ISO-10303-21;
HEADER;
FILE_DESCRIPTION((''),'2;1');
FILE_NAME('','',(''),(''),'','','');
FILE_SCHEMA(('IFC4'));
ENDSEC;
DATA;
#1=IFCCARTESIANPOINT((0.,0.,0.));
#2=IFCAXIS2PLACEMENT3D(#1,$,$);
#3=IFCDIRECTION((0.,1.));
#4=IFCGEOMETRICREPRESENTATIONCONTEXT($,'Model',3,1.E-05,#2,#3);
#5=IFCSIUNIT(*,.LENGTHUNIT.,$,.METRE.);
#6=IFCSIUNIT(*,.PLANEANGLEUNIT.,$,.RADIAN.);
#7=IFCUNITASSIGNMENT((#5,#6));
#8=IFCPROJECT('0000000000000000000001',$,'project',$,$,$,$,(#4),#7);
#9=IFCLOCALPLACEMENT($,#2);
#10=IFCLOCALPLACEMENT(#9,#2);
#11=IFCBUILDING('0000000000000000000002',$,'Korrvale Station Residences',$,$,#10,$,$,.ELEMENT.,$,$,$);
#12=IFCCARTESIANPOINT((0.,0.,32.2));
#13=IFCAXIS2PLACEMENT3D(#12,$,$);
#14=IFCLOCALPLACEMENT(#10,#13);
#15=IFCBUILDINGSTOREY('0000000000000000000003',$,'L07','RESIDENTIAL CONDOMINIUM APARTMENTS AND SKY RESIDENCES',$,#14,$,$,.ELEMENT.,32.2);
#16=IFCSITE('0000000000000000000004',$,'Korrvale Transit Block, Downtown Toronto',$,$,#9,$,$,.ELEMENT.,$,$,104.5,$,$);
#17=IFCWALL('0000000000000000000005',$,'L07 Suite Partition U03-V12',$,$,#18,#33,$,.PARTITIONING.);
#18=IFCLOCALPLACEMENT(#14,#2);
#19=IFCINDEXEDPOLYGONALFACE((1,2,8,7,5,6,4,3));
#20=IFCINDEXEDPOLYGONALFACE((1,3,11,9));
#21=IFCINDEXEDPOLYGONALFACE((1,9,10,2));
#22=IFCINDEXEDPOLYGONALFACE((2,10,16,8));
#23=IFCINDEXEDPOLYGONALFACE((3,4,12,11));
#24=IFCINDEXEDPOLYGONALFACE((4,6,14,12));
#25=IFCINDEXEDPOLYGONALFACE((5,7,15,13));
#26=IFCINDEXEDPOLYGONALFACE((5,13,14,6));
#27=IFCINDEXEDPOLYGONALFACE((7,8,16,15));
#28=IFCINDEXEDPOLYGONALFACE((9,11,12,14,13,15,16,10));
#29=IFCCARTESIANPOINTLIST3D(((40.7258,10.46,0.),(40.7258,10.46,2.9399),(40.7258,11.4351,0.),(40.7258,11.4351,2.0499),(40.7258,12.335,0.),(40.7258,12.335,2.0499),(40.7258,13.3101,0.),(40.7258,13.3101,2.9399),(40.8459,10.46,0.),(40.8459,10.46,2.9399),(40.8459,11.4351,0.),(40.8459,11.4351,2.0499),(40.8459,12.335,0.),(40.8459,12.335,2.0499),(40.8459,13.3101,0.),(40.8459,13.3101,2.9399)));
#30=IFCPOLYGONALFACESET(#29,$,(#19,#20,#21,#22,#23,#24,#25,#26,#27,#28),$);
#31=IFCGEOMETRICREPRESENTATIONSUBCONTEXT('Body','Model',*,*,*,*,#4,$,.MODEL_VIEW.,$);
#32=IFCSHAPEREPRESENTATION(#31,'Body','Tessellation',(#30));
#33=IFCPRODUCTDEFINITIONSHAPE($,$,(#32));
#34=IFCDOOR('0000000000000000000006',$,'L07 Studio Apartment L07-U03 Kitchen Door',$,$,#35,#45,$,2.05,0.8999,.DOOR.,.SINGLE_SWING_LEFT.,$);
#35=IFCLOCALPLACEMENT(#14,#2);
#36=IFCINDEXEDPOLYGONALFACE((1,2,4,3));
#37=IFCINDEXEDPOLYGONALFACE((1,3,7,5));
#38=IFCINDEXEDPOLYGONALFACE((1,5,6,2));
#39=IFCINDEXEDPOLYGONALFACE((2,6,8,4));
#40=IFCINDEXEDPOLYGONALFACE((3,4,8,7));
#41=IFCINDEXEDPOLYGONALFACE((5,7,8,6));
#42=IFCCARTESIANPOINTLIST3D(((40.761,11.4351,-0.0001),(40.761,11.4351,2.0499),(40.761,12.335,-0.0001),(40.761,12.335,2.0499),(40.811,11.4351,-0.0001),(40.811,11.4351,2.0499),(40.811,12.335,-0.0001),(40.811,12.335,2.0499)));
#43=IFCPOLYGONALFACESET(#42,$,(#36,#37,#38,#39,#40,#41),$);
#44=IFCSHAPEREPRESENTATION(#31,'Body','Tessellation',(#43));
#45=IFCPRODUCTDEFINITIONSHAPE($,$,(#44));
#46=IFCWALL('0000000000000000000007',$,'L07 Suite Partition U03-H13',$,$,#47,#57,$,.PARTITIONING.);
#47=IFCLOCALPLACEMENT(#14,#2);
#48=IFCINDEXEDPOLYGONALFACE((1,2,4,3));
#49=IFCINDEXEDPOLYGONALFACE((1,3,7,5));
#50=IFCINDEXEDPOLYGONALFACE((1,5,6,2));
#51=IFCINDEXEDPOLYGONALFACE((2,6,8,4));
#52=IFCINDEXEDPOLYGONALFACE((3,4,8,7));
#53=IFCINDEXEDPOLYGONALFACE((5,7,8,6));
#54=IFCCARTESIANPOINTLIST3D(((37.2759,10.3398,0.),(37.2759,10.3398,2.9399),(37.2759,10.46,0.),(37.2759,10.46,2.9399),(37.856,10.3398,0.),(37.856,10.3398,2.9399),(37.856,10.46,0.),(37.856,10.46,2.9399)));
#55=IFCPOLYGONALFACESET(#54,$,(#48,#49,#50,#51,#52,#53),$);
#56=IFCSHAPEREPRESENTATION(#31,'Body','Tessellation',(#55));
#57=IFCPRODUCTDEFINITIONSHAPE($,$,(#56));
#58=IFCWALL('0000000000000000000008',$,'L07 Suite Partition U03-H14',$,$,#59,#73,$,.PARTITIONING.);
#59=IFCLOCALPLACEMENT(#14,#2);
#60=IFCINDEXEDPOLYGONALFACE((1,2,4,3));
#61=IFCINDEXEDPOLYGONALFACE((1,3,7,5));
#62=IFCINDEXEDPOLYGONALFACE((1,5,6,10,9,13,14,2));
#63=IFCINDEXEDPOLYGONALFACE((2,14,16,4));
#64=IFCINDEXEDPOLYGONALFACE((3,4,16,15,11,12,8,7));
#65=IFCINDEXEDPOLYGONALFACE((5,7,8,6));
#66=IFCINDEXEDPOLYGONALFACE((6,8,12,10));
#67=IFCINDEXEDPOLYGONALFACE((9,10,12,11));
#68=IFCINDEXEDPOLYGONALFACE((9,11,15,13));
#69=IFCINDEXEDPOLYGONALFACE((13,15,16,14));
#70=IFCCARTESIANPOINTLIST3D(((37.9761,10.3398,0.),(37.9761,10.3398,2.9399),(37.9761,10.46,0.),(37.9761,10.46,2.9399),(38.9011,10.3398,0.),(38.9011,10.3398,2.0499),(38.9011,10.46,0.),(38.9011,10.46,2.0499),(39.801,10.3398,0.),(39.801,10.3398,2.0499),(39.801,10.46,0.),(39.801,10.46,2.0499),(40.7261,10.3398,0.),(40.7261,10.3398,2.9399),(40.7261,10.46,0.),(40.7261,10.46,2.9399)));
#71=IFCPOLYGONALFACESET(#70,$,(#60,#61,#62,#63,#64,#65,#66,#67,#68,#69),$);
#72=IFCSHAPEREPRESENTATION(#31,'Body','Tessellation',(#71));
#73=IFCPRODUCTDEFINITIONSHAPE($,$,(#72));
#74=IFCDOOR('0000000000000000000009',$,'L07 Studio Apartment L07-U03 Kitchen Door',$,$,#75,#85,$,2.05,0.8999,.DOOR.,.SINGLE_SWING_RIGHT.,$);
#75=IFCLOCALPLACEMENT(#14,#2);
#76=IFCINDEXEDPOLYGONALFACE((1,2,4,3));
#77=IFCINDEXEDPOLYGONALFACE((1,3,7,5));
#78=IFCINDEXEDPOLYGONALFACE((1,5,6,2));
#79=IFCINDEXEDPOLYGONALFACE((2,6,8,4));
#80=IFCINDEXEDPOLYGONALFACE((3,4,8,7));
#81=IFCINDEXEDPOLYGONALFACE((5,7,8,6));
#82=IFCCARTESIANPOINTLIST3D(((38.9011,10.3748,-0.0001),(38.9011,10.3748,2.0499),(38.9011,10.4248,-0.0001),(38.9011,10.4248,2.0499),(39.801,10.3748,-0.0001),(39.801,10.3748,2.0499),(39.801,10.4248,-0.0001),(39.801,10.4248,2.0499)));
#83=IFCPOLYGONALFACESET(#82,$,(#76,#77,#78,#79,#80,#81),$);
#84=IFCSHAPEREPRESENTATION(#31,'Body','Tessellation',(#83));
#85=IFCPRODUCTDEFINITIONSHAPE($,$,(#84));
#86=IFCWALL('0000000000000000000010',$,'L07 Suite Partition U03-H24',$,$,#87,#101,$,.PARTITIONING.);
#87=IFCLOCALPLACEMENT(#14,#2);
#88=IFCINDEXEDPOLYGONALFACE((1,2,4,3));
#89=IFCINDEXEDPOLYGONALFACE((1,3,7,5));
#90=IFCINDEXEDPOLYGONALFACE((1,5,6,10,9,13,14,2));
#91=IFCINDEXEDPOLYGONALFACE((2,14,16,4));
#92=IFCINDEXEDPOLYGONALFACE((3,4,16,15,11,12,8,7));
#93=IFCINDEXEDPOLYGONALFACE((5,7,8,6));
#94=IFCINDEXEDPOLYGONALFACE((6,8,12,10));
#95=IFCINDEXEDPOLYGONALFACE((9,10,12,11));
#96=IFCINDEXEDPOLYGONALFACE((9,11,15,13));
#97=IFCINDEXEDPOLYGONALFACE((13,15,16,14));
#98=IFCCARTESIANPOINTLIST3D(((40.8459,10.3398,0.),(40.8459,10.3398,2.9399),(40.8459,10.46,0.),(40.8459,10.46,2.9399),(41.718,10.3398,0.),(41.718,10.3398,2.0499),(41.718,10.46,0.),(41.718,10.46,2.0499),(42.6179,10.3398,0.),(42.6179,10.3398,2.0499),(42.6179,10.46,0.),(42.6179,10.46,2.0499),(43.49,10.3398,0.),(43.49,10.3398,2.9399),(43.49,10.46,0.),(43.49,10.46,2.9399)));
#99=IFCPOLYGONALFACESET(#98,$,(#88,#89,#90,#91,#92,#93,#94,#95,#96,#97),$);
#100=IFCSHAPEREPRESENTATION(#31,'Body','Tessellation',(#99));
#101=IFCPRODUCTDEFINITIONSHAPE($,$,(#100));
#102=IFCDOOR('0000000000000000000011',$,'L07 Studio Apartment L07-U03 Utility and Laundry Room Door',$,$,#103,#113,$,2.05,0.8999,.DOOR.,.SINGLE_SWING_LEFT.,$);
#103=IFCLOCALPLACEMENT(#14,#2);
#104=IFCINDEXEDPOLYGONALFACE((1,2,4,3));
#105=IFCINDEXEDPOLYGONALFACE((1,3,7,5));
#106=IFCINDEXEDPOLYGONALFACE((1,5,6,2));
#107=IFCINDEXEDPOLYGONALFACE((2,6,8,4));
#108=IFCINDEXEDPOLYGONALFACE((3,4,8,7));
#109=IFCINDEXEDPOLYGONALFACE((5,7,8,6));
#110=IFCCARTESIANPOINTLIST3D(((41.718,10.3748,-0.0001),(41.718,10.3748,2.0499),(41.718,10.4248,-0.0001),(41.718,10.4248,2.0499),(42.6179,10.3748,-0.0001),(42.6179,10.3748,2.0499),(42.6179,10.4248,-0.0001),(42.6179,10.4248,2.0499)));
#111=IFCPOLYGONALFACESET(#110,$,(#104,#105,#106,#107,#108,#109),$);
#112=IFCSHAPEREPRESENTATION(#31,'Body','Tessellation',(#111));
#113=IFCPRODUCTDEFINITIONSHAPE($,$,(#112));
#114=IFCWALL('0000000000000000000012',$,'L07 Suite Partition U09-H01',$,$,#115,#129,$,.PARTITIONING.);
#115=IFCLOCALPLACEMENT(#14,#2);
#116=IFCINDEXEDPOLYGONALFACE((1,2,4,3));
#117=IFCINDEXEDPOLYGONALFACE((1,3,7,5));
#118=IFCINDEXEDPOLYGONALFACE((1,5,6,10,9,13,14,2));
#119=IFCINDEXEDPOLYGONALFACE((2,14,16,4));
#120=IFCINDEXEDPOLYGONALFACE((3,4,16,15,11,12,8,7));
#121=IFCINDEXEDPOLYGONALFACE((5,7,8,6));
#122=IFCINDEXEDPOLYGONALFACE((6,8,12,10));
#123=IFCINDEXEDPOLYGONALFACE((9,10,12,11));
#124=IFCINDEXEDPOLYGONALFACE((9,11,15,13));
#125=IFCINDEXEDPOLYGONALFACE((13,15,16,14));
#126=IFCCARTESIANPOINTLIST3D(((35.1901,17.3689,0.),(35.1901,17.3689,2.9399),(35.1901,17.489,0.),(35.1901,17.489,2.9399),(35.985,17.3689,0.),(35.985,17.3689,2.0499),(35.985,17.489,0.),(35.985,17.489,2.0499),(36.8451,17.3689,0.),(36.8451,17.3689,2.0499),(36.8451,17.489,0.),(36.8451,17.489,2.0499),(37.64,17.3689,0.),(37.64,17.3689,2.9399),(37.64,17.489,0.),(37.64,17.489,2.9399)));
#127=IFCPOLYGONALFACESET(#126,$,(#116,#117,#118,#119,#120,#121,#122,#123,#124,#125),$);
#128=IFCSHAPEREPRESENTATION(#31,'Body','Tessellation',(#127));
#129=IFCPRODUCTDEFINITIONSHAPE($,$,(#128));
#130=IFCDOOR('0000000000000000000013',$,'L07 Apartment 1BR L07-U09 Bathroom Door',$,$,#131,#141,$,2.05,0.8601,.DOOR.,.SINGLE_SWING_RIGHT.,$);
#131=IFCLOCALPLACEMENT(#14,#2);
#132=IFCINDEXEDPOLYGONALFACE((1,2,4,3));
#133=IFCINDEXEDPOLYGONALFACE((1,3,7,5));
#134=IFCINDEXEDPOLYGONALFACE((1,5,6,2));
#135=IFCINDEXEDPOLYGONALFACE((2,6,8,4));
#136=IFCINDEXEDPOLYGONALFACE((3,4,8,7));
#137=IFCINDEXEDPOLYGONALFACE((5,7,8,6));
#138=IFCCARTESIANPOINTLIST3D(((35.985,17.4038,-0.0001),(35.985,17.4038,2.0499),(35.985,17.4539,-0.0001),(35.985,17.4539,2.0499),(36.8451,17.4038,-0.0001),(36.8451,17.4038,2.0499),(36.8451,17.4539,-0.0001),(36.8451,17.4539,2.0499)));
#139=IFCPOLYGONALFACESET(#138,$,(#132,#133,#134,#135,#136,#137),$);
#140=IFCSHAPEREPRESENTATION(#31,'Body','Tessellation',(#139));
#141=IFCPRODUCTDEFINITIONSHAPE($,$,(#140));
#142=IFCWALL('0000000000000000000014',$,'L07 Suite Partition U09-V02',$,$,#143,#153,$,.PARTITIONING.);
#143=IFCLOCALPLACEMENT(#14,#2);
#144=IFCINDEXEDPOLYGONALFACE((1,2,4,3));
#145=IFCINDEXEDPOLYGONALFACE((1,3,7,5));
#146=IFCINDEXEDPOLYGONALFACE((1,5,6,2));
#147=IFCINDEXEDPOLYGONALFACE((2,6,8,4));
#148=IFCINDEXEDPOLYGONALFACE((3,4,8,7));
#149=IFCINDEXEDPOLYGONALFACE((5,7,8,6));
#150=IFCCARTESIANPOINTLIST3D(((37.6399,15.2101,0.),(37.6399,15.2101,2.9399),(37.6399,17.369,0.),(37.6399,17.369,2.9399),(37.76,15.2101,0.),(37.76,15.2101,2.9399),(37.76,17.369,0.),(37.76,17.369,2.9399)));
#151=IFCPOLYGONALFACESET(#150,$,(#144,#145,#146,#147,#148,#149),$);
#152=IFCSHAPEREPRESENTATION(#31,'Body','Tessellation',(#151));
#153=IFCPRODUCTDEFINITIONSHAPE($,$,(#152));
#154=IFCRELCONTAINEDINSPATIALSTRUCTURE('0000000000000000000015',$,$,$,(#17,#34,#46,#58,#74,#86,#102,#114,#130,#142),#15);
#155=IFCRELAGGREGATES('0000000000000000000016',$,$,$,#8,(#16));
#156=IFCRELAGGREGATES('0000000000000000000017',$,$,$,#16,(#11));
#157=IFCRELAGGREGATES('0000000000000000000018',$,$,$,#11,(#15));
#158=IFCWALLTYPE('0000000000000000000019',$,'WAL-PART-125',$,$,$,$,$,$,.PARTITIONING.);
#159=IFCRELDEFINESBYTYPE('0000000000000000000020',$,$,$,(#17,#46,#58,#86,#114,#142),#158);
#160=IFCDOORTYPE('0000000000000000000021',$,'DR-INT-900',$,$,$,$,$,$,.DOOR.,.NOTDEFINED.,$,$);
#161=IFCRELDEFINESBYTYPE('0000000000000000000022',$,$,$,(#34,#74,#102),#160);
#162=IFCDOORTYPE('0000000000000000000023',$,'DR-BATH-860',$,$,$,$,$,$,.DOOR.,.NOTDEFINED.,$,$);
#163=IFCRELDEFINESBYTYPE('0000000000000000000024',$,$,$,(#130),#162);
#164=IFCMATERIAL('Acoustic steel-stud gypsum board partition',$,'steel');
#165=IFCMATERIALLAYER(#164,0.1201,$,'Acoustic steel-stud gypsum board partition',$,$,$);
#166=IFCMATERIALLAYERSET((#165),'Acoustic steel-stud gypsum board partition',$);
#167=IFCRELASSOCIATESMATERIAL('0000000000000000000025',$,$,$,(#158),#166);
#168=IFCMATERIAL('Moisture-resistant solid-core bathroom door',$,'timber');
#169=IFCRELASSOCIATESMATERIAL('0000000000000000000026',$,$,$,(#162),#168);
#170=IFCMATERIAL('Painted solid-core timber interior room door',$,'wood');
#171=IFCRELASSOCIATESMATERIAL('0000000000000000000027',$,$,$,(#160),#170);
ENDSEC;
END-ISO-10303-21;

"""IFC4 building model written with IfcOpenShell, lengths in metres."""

from ifc_helpers import new_model, si_unit, direction, frame, frame_2d, origin, place, context, subcontext, project, spatial, rectangle, extrude, material, layer, layer_set, type_object, element, fill, save


model = new_model("IFC4")

# Units and contexts
model_context = context("Model", 3, precision=1e-05, world=origin(), true_north=direction((0.0, 1.0)))
body_context = subcontext(model_context, "Body", "Model", "MODEL_VIEW")
ifc_project = project(units=[si_unit("LENGTHUNIT", "METRE"), si_unit("PLANEANGLEUNIT", "RADIAN")], contexts=[model_context])

# Site, building, storey
site_placement = place(None, origin())
site = spatial("IfcSite", under=ifc_project, at=site_placement, Name="Korrvale Transit Block, Downtown Toronto", CompositionType="ELEMENT", RefElevation=104.5)
building_placement = place(site_placement, origin())
building = spatial("IfcBuilding", under=site, at=building_placement, Name="Korrvale Station Residences", CompositionType="ELEMENT")
storey_placement = place(building_placement, frame((0.0, 0.0, 32.2)))
storey = spatial("IfcBuildingStorey", under=building, at=storey_placement, Name="L07", Description="RESIDENTIAL CONDOMINIUM APARTMENTS AND SKY RESIDENCES", CompositionType="ELEMENT", Elevation=32.2)

# Shared definitions
ifc_material_1 = material(Name="Acoustic steel-stud gypsum board partition", Category="steel")
ifc_layer_1 = layer(ifc_material_1, 0.1201, Name="Acoustic steel-stud gypsum board partition")
ifc_layer_set_1 = layer_set([ifc_layer_1], Name="Acoustic steel-stud gypsum board partition")
wall_type_1 = type_object("IfcWallType", Name="WAL-PART-125", PredefinedType="PARTITIONING", material=ifc_layer_set_1)
ifc_material_2 = material(Name="Moisture-resistant solid-core bathroom door", Category="timber")
door_type_1 = type_object("IfcDoorType", Name="DR-BATH-860", OperationType="NOTDEFINED", PredefinedType="DOOR", material=ifc_material_2)

# Wall, opening, door
wall_1_placement = place(storey_placement, frame((40.7859, 10.46, 0.0), z_axis=(0.0, 0.0, 1.0), x_axis=(0.0, 1.0, 0.0)))
wall_1 = element("IfcWall", 1, at=wall_1_placement, inside=storey, type_object=wall_type_1, Name="L07 Suite Partition U03-V12", PredefinedType="PARTITIONING", context=body_context, shape_type="SweptSolid", body=[
    extrude(rectangle(XDim=2.8501, YDim=0.1201, at=frame_2d((1.425, 0.0))), origin(), (0.0, 0.0, 1.0), 2.9399),
])
opening_1_placement = place(wall_1_placement, frame((0.9751, 0.0, 0.0)))
opening_1 = element("IfcOpeningElement", 2, at=opening_1_placement, cuts=wall_1, PredefinedType="OPENING", context=body_context, shape_type="SweptSolid", body=[
    extrude(rectangle(XDim=0.8999, YDim=2.05, at=frame_2d((0.45, 1.0249))), frame((0.0, 0.0701, 0.0), z_axis=(0.0, -1.0, 0.0), x_axis=(1.0, 0.0, 0.0)), (0.0, 0.0, 1.0), 0.1401),
])
ifc_material_3 = material(Name="Painted solid-core timber interior room door", Category="wood")
door_type_2 = type_object("IfcDoorType", Name="DR-INT-900", OperationType="NOTDEFINED", PredefinedType="DOOR", material=ifc_material_3)
door_1_placement = place(opening_1_placement, origin())
door_1 = element("IfcDoor", 3, at=door_1_placement, inside=storey, type_object=door_type_2, Name="L07 Studio Apartment L07-U03 Kitchen Door", OperationType="SINGLE_SWING_LEFT", OverallHeight=2.05, OverallWidth=0.8999, PredefinedType="DOOR", context=body_context, shape_type="SweptSolid", body=[
    extrude(rectangle(XDim=0.8999, YDim=2.05, at=frame_2d((0.45, 1.0249))), frame((0.0, 0.0249, 0.0), z_axis=(0.0, -1.0, 0.0), x_axis=(1.0, 0.0, 0.0)), (0.0, 0.0, 1.0), 0.05),
])
fill(opening_1, door_1)

# Wall
wall_2_placement = place(storey_placement, frame((37.2759, 10.3999, 0.0), z_axis=(0.0, 0.0, 1.0), x_axis=(1.0, 0.0, 0.0)))
element("IfcWall", 4, at=wall_2_placement, inside=storey, type_object=wall_type_1, Name="L07 Suite Partition U03-H13", PredefinedType="PARTITIONING", context=body_context, shape_type="SweptSolid", body=[
    extrude(rectangle(XDim=0.5801, YDim=0.1201, at=frame_2d((0.29, 0.0))), origin(), (0.0, 0.0, 1.0), 2.9399),
])

# Walls, openings, doors
wall_3_placement = place(storey_placement, frame((37.9761, 10.3999, 0.0), z_axis=(0.0, 0.0, 1.0), x_axis=(1.0, 0.0, 0.0)))
wall_3 = element("IfcWall", 5, at=wall_3_placement, inside=storey, type_object=wall_type_1, Name="L07 Suite Partition U03-H14", PredefinedType="PARTITIONING", context=body_context, shape_type="SweptSolid", body=[
    extrude(rectangle(XDim=2.75, YDim=0.1201, at=frame_2d((1.375, 0.0))), origin(), (0.0, 0.0, 1.0), 2.9399),
])
opening_2_placement = place(wall_3_placement, frame((0.925, 0.0, 0.0)))
opening_2 = element("IfcOpeningElement", 6, at=opening_2_placement, cuts=wall_3, PredefinedType="OPENING", context=body_context, shape_type="SweptSolid", body=[
    extrude(rectangle(XDim=0.8999, YDim=2.05, at=frame_2d((0.45, 1.0249))), frame((0.0, 0.0701, 0.0), z_axis=(0.0, -1.0, 0.0), x_axis=(1.0, 0.0, 0.0)), (0.0, 0.0, 1.0), 0.1401),
])
door_2_placement = place(opening_2_placement, origin())
door_2 = element("IfcDoor", 7, at=door_2_placement, inside=storey, type_object=door_type_2, Name="L07 Studio Apartment L07-U03 Kitchen Door", OperationType="SINGLE_SWING_RIGHT", OverallHeight=2.05, OverallWidth=0.8999, PredefinedType="DOOR", context=body_context, shape_type="SweptSolid", body=[
    extrude(rectangle(XDim=0.8999, YDim=2.05, at=frame_2d((0.45, 1.0249))), frame((0.0, 0.0249, 0.0), z_axis=(0.0, -1.0, 0.0), x_axis=(1.0, 0.0, 0.0)), (0.0, 0.0, 1.0), 0.05),
])
fill(opening_2, door_2)
wall_4_placement = place(storey_placement, frame((40.8459, 10.3999, 0.0), z_axis=(0.0, 0.0, 1.0), x_axis=(1.0, 0.0, 0.0)))
wall_4 = element("IfcWall", 8, at=wall_4_placement, inside=storey, type_object=wall_type_1, Name="L07 Suite Partition U03-H24", PredefinedType="PARTITIONING", context=body_context, shape_type="SweptSolid", body=[
    extrude(rectangle(XDim=2.644, YDim=0.1201, at=frame_2d((1.322, 0.0))), origin(), (0.0, 0.0, 1.0), 2.9399),
])
opening_3_placement = place(wall_4_placement, frame((0.8721, 0.0, 0.0)))
opening_3 = element("IfcOpeningElement", 9, at=opening_3_placement, cuts=wall_4, PredefinedType="OPENING", context=body_context, shape_type="SweptSolid", body=[
    extrude(rectangle(XDim=0.8999, YDim=2.05, at=frame_2d((0.45, 1.0249))), frame((0.0, 0.0701, 0.0), z_axis=(0.0, -1.0, 0.0), x_axis=(1.0, 0.0, 0.0)), (0.0, 0.0, 1.0), 0.1401),
])
door_3_placement = place(opening_3_placement, origin())
door_3 = element("IfcDoor", 10, at=door_3_placement, inside=storey, type_object=door_type_2, Name="L07 Studio Apartment L07-U03 Utility and Laundry Room Door", OperationType="SINGLE_SWING_LEFT", OverallHeight=2.05, OverallWidth=0.8999, PredefinedType="DOOR", context=body_context, shape_type="SweptSolid", body=[
    extrude(rectangle(XDim=0.8999, YDim=2.05, at=frame_2d((0.45, 1.0249))), frame((0.0, 0.0249, 0.0), z_axis=(0.0, -1.0, 0.0), x_axis=(1.0, 0.0, 0.0)), (0.0, 0.0, 1.0), 0.05),
])
fill(opening_3, door_3)
wall_5_placement = place(storey_placement, frame((35.1899, 17.429, 0.0), z_axis=(0.0, 0.0, 1.0), x_axis=(1.0, 0.0, 0.0)))
wall_5 = element("IfcWall", 11, at=wall_5_placement, inside=storey, type_object=wall_type_1, Name="L07 Suite Partition U09-H01", PredefinedType="PARTITIONING", context=body_context, shape_type="SweptSolid", body=[
    extrude(rectangle(XDim=2.45, YDim=0.1201, at=frame_2d((1.2251, 0.0))), origin(), (0.0, 0.0, 1.0), 2.9399),
])
opening_4_placement = place(wall_5_placement, frame((0.7949, 0.0, 0.0)))
opening_4 = element("IfcOpeningElement", 12, at=opening_4_placement, cuts=wall_5, PredefinedType="OPENING", context=body_context, shape_type="SweptSolid", body=[
    extrude(rectangle(XDim=0.8601, YDim=2.05, at=frame_2d((0.4302, 1.0249))), frame((0.0, 0.0701, 0.0), z_axis=(0.0, -1.0, 0.0), x_axis=(1.0, 0.0, 0.0)), (0.0, 0.0, 1.0), 0.1401),
])
door_4_placement = place(opening_4_placement, origin())
door_4 = element("IfcDoor", 13, at=door_4_placement, inside=storey, type_object=door_type_1, Name="L07 Apartment 1BR L07-U09 Bathroom Door", OperationType="SINGLE_SWING_RIGHT", OverallHeight=2.05, OverallWidth=0.8601, PredefinedType="DOOR", context=body_context, shape_type="SweptSolid", body=[
    extrude(rectangle(XDim=0.8601, YDim=2.05, at=frame_2d((0.4302, 1.0249))), frame((0.0, 0.0249, 0.0), z_axis=(0.0, -1.0, 0.0), x_axis=(1.0, 0.0, 0.0)), (0.0, 0.0, 1.0), 0.05),
])
fill(opening_4, door_4)

# Wall
wall_6_placement = place(storey_placement, frame((37.7, 15.21, 0.0), z_axis=(0.0, 0.0, 1.0), x_axis=(0.0, 1.0, 0.0)))
element("IfcWall", 14, at=wall_6_placement, inside=storey, type_object=wall_type_1, Name="L07 Suite Partition U09-V02", PredefinedType="PARTITIONING", context=body_context, shape_type="SweptSolid", body=[
    extrude(rectangle(XDim=2.1589, YDim=0.1201, at=frame_2d((1.0796, 0.0))), origin(), (0.0, 0.0, 1.0), 2.9399),
])

save(model, "model.ifc")
